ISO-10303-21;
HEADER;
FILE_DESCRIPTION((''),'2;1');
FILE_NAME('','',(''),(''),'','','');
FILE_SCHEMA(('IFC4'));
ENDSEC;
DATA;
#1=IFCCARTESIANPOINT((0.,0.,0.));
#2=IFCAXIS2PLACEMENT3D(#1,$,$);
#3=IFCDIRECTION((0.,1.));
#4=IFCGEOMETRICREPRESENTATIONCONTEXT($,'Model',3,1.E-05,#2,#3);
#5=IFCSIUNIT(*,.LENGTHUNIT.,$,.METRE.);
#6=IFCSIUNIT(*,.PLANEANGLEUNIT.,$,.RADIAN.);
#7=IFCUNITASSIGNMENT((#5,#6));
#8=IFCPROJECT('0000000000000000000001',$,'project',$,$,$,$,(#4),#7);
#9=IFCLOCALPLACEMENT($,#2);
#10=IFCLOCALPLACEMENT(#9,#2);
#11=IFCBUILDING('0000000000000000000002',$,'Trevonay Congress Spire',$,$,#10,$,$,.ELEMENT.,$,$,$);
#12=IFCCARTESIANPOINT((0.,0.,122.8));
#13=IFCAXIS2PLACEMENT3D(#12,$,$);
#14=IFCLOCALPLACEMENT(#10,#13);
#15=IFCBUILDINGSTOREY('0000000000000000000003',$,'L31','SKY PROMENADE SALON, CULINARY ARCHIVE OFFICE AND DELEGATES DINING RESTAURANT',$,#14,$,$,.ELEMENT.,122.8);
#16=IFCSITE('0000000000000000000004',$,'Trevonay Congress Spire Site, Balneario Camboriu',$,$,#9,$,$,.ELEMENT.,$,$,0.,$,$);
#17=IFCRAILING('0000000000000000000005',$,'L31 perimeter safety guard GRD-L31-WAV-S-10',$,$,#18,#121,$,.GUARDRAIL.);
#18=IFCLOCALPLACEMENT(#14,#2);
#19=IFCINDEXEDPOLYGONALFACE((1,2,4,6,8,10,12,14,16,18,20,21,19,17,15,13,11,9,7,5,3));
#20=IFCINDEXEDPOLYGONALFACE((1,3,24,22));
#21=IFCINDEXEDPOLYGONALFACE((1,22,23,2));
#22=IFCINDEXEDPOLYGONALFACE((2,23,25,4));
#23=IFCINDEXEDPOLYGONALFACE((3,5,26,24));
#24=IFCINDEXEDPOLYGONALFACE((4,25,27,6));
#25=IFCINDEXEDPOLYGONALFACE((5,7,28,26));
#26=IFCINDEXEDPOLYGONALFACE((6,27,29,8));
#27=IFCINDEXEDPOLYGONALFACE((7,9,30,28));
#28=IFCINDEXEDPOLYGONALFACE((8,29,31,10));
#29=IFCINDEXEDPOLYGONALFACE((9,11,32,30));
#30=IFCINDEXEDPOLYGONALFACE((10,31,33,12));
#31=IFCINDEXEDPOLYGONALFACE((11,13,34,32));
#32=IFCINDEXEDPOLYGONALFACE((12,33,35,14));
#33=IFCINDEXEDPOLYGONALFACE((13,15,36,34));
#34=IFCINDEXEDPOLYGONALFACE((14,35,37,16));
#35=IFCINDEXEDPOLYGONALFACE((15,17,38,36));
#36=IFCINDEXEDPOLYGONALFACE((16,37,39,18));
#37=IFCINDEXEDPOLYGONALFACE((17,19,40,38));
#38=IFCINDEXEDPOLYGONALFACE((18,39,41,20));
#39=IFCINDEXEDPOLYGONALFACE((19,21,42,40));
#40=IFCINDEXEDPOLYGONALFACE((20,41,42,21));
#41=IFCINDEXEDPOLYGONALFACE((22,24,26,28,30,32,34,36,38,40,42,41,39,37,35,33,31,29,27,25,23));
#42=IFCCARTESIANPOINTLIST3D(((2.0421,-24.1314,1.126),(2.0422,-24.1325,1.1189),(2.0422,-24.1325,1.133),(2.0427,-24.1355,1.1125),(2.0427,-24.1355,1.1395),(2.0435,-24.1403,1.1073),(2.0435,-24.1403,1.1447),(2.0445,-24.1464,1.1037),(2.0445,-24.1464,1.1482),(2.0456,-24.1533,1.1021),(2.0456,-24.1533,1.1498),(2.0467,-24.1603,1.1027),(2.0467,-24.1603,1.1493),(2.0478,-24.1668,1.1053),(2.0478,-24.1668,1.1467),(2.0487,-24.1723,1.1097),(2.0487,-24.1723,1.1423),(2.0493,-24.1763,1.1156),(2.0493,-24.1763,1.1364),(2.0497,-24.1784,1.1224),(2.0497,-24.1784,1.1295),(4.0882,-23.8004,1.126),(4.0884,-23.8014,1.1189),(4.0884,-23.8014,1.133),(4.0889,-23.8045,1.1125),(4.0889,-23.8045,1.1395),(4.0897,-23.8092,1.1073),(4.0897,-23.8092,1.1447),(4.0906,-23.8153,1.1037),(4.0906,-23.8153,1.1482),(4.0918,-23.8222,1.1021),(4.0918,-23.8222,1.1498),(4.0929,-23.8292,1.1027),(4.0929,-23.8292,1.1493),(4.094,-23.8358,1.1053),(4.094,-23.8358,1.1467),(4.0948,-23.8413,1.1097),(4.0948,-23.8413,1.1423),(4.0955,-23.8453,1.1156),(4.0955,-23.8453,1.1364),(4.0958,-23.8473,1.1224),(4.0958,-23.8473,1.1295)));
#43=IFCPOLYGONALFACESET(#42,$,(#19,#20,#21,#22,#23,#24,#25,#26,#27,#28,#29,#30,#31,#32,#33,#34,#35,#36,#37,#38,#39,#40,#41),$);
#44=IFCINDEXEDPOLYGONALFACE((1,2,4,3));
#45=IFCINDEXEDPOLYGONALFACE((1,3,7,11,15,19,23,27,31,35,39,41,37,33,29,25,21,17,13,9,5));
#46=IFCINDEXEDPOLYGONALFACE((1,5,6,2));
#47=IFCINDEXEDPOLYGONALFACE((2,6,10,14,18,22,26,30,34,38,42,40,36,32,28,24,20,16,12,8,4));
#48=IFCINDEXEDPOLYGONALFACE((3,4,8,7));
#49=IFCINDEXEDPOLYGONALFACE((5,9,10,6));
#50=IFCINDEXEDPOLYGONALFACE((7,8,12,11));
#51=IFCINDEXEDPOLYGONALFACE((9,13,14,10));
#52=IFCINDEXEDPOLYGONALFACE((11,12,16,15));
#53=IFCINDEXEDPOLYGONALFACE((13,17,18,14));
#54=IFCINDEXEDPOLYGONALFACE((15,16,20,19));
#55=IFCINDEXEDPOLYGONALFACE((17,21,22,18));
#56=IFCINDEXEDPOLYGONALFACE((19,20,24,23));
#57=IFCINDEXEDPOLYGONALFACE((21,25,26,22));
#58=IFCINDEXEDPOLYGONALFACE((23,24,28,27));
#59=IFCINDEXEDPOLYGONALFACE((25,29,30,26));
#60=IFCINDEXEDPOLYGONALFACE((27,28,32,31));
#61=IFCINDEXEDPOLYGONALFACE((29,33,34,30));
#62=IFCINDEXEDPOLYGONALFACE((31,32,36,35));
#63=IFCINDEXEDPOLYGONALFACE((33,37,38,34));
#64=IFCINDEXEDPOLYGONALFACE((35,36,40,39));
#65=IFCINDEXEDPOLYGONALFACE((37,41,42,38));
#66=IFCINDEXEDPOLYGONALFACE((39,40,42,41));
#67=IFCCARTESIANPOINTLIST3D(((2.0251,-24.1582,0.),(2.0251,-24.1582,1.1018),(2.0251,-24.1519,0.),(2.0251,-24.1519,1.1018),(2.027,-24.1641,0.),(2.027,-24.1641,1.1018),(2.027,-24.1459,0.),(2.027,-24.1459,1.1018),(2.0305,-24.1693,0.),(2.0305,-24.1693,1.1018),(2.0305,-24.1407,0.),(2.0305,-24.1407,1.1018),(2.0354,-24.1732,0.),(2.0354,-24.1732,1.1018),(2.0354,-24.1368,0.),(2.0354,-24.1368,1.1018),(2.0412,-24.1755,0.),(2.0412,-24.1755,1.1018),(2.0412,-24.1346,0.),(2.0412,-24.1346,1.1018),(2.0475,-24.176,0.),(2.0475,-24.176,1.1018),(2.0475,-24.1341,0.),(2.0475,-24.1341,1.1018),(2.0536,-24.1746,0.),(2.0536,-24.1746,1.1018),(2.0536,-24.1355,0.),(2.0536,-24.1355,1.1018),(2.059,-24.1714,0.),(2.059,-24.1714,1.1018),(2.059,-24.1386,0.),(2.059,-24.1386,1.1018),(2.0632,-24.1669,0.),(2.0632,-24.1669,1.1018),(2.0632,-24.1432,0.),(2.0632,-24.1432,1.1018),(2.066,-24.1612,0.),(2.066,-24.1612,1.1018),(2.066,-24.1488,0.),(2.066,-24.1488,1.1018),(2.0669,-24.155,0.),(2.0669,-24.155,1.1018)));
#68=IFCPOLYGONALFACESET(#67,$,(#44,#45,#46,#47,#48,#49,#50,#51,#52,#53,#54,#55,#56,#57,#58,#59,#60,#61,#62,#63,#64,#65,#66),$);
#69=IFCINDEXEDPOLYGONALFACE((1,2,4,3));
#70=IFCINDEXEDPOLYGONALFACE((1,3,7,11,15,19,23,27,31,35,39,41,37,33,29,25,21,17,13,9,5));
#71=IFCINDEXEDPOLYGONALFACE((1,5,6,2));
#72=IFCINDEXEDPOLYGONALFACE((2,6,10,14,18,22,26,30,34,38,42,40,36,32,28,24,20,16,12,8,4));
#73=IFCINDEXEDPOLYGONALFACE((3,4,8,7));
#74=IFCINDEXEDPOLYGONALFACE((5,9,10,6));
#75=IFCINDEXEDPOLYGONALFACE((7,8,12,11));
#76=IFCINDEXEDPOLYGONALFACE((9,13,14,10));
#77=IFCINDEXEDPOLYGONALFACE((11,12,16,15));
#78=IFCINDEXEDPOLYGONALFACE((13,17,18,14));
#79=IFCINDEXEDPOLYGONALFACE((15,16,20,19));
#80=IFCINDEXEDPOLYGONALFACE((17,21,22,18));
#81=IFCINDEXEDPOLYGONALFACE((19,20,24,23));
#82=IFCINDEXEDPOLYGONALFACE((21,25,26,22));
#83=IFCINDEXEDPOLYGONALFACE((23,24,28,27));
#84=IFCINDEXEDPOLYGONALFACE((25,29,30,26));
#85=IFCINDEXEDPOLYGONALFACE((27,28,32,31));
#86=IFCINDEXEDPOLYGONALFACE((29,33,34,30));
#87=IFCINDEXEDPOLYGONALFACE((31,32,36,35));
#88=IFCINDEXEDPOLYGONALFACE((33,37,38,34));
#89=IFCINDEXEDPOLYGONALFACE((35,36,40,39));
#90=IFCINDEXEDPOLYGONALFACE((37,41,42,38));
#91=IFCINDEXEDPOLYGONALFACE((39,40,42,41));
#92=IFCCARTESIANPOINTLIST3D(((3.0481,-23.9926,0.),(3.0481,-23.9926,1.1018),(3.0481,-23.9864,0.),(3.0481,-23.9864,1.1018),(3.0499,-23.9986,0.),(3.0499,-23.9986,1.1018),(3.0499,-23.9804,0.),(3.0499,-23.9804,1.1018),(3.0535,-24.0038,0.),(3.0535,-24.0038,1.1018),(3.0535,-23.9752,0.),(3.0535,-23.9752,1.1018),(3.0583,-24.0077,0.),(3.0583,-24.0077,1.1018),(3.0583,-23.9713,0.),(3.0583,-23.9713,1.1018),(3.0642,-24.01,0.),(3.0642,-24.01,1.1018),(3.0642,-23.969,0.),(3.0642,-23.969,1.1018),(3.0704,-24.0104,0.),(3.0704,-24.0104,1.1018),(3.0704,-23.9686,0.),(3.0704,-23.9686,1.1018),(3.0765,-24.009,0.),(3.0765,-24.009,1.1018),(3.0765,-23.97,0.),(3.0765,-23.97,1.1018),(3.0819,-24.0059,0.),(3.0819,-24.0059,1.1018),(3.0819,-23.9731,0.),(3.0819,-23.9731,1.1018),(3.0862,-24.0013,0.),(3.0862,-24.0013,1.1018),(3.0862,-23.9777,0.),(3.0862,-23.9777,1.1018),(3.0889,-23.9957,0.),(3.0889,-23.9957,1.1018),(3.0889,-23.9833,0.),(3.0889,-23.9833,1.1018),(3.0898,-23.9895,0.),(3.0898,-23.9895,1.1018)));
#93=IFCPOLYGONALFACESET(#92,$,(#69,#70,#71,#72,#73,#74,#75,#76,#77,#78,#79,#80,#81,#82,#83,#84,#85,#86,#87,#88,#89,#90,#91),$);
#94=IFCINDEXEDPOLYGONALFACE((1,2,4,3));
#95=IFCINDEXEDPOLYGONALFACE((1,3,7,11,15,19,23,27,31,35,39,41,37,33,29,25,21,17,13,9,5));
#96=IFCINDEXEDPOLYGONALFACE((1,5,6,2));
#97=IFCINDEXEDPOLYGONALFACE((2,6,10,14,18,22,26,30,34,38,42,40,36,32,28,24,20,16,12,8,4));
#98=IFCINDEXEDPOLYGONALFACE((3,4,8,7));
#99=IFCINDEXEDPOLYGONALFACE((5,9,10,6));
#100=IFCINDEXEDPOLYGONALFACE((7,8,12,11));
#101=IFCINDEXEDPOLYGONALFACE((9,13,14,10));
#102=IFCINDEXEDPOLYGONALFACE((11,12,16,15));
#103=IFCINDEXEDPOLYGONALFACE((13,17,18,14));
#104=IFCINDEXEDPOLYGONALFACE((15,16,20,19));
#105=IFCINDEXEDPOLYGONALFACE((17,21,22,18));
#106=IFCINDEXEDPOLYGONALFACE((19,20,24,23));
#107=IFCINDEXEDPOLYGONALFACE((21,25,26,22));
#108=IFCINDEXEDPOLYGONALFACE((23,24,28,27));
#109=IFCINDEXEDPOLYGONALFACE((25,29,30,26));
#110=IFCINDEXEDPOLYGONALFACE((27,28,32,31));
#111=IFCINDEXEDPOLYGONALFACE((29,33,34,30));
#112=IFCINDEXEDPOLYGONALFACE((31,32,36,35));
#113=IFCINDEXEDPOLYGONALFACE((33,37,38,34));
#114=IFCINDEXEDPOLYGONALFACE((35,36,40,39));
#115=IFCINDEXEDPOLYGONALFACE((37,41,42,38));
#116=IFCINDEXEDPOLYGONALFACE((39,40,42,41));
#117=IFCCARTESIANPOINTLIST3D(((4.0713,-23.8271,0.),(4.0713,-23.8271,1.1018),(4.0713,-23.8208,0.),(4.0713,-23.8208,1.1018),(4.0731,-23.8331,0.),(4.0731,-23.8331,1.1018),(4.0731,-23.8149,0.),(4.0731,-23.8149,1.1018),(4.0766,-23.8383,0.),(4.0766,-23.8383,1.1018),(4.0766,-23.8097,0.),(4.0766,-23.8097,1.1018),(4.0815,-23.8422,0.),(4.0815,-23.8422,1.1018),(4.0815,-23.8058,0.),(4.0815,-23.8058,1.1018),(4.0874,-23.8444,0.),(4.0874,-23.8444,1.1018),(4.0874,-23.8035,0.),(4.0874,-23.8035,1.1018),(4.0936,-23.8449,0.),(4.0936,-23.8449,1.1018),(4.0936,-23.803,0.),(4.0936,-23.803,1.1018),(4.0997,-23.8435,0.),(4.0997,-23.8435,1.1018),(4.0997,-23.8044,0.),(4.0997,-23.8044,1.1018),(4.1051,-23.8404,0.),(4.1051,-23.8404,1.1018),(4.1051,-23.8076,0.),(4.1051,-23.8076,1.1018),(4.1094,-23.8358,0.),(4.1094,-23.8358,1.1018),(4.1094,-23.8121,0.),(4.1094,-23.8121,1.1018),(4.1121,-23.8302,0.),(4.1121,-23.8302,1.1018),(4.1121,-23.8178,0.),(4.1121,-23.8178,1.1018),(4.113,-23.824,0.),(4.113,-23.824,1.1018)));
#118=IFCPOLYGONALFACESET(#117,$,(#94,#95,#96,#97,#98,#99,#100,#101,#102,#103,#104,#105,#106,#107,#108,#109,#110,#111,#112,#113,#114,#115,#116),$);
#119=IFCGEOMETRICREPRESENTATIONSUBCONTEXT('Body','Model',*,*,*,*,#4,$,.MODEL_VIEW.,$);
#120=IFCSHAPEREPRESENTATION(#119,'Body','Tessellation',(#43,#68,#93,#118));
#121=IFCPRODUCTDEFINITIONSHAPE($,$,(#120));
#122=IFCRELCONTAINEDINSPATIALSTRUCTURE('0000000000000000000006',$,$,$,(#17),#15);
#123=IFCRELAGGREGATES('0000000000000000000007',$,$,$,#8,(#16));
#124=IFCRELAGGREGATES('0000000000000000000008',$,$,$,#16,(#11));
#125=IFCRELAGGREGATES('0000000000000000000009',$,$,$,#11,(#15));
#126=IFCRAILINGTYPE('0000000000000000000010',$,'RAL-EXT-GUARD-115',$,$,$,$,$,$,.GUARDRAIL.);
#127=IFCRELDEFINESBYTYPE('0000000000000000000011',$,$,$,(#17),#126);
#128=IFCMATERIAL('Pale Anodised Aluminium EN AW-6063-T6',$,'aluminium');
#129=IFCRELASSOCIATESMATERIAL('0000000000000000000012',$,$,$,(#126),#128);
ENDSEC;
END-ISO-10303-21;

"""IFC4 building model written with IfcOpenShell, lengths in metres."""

from ifc_helpers import new_model, si_unit, direction, frame, origin, origin_2d, place, context, subcontext, project, spatial, circle, extrude, material, type_object, element, save


model = new_model("IFC4")

# Units and contexts
model_context = context("Model", 3, precision=1e-05, world=origin(), true_north=direction((0.0, 1.0)))
body_context = subcontext(model_context, "Body", "Model", "MODEL_VIEW")
ifc_project = project(units=[si_unit("LENGTHUNIT", "METRE"), si_unit("PLANEANGLEUNIT", "RADIAN")], contexts=[model_context])

# Site, building, storey
site_placement = place(None, origin())
site = spatial("IfcSite", under=ifc_project, at=site_placement, Name="Trevonay Congress Spire Site, Balneario Camboriu", CompositionType="ELEMENT", RefElevation=0.0)
building_placement = place(site_placement, origin())
building = spatial("IfcBuilding", under=site, at=building_placement, Name="Trevonay Congress Spire", CompositionType="ELEMENT")
storey_placement = place(building_placement, frame((0.0, 0.0, 122.8)))
storey = spatial("IfcBuildingStorey", under=building, at=storey_placement, Name="L31", Description="SKY PROMENADE SALON, CULINARY ARCHIVE OFFICE AND DELEGATES DINING RESTAURANT", CompositionType="ELEMENT", Elevation=122.8)

# Shared definitions
ifc_material_1 = material(Name="Pale Anodised Aluminium EN AW-6063-T6", Category="aluminium")

# Railing
railing_type = type_object("IfcRailingType", Name="RAL-EXT-GUARD-115", PredefinedType="GUARDRAIL", material=ifc_material_1)
railing_1_placement = place(storey_placement, frame((2.0459, -24.155, 0.0)))
element("IfcRailing", 1, at=railing_1_placement, inside=storey, type_object=railing_type, Name="L31 perimeter safety guard GRD-L31-WAV-S-10", PredefinedType="GUARDRAIL", context=body_context, shape_type="SweptSolid", body=[
    extrude(circle(Radius=0.0239, at=origin_2d()), frame((0.0, 0.0, 1.126), z_axis=(0.987163, 0.159718, 0.0), x_axis=(-0.159718, 0.987163, 0.0)), (0.0, 0.0, 1.0), 2.0728),
    extrude(circle(Radius=0.021, at=origin_2d()), origin(), (0.0, 0.0, 1.0), 1.1018),
    extrude(circle(Radius=0.021, at=origin_2d()), frame((1.0229, 0.1655, 0.0)), (0.0, 0.0, 1.0), 1.1018),
    extrude(circle(Radius=0.021, at=origin_2d()), frame((2.0461, 0.3311, 0.0)), (0.0, 0.0, 1.0), 1.1018),
])

save(model, "model.ifc")
